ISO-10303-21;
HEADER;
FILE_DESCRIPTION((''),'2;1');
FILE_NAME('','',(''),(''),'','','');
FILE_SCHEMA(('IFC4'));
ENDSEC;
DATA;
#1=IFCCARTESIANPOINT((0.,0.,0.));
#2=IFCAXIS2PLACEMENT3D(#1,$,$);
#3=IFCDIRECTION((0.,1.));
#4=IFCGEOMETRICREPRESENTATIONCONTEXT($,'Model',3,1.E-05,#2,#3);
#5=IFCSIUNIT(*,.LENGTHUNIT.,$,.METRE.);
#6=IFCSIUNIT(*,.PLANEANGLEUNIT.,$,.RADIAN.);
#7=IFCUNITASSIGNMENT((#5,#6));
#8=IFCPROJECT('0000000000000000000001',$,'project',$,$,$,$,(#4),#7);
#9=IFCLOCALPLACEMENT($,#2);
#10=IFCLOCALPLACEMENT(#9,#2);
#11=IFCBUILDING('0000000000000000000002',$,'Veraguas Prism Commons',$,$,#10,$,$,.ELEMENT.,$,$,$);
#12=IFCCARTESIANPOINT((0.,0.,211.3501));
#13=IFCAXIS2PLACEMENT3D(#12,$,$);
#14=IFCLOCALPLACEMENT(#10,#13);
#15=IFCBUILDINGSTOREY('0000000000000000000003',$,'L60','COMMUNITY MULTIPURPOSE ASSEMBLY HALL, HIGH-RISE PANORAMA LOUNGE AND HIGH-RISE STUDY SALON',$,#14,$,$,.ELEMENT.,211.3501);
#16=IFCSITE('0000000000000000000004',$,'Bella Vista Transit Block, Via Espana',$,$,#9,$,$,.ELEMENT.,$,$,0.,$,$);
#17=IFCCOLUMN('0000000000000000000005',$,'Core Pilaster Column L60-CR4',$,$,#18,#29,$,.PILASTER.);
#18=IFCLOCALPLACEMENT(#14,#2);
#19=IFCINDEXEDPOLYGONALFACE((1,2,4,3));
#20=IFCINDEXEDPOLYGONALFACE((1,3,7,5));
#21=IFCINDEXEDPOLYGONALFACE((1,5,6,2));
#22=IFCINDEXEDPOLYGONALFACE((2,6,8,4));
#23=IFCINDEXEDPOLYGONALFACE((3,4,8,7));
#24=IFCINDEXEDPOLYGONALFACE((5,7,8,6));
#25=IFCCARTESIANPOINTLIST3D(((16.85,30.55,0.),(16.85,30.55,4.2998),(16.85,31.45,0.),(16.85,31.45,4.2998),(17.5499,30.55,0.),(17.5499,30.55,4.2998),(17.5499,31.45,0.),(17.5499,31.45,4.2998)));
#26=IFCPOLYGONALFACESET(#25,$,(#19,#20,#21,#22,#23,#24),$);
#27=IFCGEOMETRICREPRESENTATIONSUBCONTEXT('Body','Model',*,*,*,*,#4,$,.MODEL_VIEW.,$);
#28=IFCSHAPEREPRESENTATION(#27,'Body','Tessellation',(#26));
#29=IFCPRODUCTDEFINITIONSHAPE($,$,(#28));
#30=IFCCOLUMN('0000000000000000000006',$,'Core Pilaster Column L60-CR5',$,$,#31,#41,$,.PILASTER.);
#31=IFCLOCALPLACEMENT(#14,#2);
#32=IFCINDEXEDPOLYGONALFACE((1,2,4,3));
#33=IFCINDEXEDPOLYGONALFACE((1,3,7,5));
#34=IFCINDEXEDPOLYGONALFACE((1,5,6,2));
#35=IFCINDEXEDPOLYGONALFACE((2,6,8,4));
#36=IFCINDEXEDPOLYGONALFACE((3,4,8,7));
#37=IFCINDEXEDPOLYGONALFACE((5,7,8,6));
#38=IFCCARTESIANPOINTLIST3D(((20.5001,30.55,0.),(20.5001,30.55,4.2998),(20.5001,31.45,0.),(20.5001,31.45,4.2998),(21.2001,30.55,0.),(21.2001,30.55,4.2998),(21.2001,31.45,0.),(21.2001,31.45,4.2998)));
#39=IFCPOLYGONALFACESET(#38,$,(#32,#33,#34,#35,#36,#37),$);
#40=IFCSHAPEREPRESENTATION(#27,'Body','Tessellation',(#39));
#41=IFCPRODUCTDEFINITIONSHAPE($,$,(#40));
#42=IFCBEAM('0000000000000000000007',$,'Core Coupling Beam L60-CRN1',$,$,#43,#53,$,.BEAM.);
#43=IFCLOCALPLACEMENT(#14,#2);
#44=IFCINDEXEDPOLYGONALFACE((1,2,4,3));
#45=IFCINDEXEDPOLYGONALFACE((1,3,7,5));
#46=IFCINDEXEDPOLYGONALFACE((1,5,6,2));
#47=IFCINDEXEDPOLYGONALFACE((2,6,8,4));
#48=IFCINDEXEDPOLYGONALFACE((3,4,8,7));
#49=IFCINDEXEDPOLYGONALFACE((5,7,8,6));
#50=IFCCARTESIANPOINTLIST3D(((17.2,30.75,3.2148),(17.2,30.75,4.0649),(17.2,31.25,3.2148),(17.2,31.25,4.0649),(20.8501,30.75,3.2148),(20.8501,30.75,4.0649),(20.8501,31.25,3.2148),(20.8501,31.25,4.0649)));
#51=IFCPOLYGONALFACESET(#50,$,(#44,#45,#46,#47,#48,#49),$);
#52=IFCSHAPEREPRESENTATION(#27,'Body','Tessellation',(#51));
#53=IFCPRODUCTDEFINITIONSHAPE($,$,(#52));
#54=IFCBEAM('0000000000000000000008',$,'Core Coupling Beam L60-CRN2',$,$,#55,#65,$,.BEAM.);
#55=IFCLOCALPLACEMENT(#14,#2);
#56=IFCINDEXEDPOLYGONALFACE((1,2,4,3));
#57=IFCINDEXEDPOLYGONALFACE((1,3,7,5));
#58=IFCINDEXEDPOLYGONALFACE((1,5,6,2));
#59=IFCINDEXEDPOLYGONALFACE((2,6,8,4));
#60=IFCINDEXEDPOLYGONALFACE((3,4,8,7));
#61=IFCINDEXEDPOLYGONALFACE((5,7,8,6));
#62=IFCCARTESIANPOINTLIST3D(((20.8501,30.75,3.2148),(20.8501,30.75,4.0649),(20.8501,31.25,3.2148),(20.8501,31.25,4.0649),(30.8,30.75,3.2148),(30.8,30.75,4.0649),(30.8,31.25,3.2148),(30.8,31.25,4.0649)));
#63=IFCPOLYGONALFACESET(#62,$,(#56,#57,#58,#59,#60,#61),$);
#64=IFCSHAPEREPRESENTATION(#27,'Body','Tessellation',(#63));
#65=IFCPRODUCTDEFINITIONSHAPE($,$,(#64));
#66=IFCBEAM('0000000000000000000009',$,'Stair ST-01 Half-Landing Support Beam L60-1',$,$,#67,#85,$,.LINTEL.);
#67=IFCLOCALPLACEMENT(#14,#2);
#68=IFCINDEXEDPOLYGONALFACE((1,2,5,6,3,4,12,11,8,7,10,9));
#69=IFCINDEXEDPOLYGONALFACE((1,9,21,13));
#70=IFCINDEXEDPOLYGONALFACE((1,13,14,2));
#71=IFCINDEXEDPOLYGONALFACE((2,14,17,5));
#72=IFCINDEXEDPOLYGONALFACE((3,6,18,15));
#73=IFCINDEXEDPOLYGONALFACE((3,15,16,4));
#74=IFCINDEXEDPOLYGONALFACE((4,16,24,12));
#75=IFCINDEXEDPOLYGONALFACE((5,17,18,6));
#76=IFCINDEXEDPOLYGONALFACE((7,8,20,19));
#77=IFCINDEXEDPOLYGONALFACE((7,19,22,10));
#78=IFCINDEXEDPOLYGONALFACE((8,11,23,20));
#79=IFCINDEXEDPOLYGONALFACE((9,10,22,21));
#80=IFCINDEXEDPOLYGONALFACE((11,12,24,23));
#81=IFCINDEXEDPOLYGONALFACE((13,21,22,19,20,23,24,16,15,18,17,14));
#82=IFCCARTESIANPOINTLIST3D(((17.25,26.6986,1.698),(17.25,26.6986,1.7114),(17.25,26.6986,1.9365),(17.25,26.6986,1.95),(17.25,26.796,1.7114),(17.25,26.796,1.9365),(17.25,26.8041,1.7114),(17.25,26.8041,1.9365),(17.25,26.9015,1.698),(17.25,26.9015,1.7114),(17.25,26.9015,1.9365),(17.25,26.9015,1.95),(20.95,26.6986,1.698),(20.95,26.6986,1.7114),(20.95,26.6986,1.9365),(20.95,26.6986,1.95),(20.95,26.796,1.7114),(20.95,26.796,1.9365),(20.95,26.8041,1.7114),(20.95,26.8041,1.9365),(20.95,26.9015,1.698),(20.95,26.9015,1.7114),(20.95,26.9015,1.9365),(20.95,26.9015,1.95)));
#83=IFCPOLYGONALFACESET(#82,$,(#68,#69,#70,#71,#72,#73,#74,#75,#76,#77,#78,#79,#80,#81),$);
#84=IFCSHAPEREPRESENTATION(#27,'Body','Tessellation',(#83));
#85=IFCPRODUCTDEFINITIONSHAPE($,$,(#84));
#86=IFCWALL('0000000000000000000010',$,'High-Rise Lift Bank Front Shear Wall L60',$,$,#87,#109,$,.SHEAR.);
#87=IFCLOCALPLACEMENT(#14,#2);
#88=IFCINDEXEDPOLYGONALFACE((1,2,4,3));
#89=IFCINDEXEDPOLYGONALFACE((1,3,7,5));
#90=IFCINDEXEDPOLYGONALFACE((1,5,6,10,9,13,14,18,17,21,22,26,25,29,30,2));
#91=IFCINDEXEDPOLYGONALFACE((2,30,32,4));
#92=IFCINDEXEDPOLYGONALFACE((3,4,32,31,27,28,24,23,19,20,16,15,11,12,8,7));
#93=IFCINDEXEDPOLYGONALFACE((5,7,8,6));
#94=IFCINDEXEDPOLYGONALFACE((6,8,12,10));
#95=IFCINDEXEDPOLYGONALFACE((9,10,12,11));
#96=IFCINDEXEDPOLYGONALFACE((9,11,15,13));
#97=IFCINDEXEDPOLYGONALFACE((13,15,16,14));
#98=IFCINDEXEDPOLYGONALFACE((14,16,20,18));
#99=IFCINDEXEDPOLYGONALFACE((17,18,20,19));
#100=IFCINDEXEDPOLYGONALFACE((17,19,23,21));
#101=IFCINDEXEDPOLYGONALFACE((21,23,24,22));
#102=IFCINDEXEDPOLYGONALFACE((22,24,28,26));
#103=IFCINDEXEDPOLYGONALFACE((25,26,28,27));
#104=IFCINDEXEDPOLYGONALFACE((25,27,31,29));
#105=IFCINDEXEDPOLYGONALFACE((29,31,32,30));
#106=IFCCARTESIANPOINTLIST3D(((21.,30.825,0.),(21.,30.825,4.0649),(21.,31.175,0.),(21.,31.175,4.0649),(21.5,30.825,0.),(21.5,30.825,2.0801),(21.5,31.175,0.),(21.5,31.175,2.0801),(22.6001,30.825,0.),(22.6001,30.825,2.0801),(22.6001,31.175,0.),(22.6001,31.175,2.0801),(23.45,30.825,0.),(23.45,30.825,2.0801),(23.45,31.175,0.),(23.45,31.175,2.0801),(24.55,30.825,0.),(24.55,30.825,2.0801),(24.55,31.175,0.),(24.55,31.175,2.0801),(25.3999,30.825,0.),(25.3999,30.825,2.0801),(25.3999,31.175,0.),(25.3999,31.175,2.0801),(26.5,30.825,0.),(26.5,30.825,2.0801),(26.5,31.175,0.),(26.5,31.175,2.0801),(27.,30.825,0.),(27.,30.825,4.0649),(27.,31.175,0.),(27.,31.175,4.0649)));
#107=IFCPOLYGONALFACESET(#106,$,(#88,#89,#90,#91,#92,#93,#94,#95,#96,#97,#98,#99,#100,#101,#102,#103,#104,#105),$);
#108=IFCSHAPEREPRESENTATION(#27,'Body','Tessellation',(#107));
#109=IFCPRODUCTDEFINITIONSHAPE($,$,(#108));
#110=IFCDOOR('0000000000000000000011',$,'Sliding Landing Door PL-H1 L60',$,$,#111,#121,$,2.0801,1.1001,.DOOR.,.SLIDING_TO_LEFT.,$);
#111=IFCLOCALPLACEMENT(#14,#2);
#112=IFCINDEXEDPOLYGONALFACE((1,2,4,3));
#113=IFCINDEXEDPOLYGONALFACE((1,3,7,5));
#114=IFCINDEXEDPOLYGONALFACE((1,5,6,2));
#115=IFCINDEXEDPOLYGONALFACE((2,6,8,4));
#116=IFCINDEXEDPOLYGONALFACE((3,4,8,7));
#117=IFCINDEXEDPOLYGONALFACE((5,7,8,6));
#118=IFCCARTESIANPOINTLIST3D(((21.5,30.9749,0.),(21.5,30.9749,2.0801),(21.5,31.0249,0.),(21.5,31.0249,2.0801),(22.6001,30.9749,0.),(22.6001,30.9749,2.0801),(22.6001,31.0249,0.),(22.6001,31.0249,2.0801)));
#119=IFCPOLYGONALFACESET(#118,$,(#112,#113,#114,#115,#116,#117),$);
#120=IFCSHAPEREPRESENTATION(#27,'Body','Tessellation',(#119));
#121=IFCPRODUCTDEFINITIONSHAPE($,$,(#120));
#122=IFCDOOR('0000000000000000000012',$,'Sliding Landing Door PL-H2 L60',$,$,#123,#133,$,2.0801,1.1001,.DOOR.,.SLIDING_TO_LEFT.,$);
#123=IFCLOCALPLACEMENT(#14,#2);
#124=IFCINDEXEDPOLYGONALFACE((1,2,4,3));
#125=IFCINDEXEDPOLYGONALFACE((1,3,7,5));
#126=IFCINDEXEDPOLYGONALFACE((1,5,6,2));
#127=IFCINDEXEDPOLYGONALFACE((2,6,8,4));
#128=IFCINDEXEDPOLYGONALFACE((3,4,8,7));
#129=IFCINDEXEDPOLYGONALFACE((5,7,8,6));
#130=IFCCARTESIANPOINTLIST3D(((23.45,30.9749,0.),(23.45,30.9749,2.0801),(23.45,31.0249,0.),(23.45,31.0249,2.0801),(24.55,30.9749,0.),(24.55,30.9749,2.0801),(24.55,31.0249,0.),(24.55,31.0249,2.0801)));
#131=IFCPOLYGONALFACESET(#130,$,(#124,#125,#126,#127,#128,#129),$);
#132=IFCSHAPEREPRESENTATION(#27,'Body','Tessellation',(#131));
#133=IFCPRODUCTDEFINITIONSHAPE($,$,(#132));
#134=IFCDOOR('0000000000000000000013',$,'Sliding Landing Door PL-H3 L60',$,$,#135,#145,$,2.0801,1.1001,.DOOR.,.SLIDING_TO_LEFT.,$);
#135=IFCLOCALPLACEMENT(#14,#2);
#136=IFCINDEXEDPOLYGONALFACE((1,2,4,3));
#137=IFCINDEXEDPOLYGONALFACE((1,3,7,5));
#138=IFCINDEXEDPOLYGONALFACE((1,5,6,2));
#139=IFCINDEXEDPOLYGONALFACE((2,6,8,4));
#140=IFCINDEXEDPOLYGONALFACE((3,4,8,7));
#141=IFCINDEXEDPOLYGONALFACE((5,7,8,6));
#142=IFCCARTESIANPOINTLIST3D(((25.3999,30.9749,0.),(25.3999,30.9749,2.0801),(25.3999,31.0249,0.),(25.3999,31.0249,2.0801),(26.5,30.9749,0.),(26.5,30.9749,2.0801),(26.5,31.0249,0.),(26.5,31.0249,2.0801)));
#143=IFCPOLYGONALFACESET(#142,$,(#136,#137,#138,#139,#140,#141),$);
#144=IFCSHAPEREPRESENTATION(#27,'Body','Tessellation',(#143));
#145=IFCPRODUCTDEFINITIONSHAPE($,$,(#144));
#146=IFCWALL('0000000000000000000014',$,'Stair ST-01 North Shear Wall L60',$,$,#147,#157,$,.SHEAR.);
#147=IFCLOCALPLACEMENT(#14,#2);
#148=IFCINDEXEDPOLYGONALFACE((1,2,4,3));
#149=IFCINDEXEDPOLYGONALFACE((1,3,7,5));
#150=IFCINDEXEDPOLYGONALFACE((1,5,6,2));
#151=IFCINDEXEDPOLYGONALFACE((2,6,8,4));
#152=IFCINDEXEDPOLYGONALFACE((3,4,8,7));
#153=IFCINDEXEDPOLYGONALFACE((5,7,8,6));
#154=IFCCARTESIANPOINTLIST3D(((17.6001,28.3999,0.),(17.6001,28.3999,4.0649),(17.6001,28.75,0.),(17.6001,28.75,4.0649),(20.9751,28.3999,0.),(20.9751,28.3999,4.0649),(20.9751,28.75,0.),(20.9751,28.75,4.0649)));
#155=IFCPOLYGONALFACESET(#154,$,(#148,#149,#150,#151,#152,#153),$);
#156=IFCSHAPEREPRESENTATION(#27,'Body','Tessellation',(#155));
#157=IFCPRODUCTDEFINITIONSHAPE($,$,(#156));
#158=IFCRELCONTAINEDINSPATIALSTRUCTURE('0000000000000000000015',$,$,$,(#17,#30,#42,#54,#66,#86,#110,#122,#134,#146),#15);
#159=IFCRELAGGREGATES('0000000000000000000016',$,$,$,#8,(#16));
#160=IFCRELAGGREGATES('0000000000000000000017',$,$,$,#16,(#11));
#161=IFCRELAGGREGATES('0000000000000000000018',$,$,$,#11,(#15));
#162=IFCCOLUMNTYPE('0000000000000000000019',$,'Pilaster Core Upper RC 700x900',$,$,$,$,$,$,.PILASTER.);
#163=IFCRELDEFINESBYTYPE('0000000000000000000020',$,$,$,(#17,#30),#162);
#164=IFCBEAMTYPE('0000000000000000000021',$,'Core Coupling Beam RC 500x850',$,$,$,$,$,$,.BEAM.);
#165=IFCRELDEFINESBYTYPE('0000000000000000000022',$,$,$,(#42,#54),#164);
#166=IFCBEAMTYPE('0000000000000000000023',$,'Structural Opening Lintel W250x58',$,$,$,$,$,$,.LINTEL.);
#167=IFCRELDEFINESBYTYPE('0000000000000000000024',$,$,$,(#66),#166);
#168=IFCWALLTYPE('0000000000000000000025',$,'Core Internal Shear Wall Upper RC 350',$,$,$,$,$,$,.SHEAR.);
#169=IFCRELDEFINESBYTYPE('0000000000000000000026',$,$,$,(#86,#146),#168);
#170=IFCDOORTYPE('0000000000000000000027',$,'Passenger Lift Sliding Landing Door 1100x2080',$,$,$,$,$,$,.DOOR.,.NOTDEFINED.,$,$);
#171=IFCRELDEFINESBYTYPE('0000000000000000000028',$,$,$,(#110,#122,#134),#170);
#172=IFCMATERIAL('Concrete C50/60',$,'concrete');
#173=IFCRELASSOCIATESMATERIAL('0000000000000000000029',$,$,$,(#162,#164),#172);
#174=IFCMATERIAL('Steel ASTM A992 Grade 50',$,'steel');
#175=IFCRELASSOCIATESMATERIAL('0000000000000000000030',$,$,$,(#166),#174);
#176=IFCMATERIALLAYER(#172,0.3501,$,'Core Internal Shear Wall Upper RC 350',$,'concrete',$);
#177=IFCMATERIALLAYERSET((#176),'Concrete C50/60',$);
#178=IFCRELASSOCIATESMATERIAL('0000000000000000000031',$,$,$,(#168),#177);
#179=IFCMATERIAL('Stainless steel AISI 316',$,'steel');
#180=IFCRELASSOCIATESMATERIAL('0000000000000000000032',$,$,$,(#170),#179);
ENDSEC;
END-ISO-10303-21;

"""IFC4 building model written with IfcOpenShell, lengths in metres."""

from ifc_helpers import new_model, si_unit, direction, frame, frame_2d, origin, origin_2d, place, context, subcontext, project, spatial, rectangle, i_section, extrude, source, transform, mapped, material, layer, layer_set, material_profile, profile_set, type_object, element, fill, save


model = new_model("IFC4")

# Units and contexts
model_context = context("Model", 3, precision=1e-05, world=origin(), true_north=direction((0.0, 1.0)))
body_context = subcontext(model_context, "Body", "Model", "MODEL_VIEW")
ifc_project = project(units=[si_unit("LENGTHUNIT", "METRE"), si_unit("PLANEANGLEUNIT", "RADIAN")], contexts=[model_context])

# Site, building, storey
site_placement = place(None, origin())
site = spatial("IfcSite", under=ifc_project, at=site_placement, Name="Bella Vista Transit Block, Via Espana", CompositionType="ELEMENT", RefElevation=0.0)
building_placement = place(site_placement, origin())
building = spatial("IfcBuilding", under=site, at=building_placement, Name="Veraguas Prism Commons", CompositionType="ELEMENT")
storey_placement = place(building_placement, frame((0.0, 0.0, 211.3501)))
storey = spatial("IfcBuildingStorey", under=building, at=storey_placement, Name="L60", Description="COMMUNITY MULTIPURPOSE ASSEMBLY HALL, HIGH-RISE PANORAMA LOUNGE AND HIGH-RISE STUDY SALON", CompositionType="ELEMENT", Elevation=211.3501)

# Columns
ifc_material_1 = material(Name="Concrete C50/60", Category="concrete")
ifc_material_profile_1 = material_profile(ifc_material_1, rectangle(XDim=0.7, YDim=0.8999, at=origin_2d()), Name="RC700X900")
ifc_profile_set_1 = profile_set([ifc_material_profile_1], Name="Concrete C50/60")
column_type = type_object("IfcColumnType", Name="Pilaster Core Upper RC 700x900", PredefinedType="PILASTER", material=ifc_profile_set_1)
for number, where, z_axis, x_axis, name in (
    (1, (17.2, 31.0, 0.0), (0.0, 0.0, 1.0), (1.0, 0.0, 0.0), "Core Pilaster Column L60-CR4"),
    (2, (20.8501, 31.0, 0.0), (0.0, 0.0, 1.0), (1.0, 0.0, 0.0), "Core Pilaster Column L60-CR5"),
):
    element("IfcColumn", number, at=place(storey_placement, frame(where, z_axis=z_axis, x_axis=x_axis)), inside=storey, type_object=column_type, Name=name, PredefinedType="PILASTER", context=body_context, shape_type="SweptSolid", body=[
        extrude(rectangle(XDim=0.7, YDim=0.8999, at=origin_2d()), origin(), (0.0, 0.0, 1.0), 4.2998),
    ])

# Beams
ifc_material_profile_2 = material_profile(ifc_material_1, rectangle(XDim=0.5, YDim=0.8501, at=origin_2d()), Name="RC500X850")
ifc_profile_set_2 = profile_set([ifc_material_profile_2], Name="Concrete C50/60")
beam_type_1 = type_object("IfcBeamType", Name="Core Coupling Beam RC 500x850", PredefinedType="BEAM", material=ifc_profile_set_2)
beam_1_placement = place(storey_placement, frame((17.2, 31.0, 3.6399), z_axis=(1.0, 0.0, 0.0), x_axis=(0.0, 1.0, 0.0)))
element("IfcBeam", 3, at=beam_1_placement, inside=storey, type_object=beam_type_1, Name="Core Coupling Beam L60-CRN1", PredefinedType="BEAM", context=body_context, shape_type="SweptSolid", body=[
    extrude(rectangle(XDim=0.5, YDim=0.8501, at=origin_2d()), origin(), (0.0, 0.0, 1.0), 3.6501),
])
beam_2_placement = place(storey_placement, frame((20.8501, 31.0, 3.6399), z_axis=(1.0, 0.0, 0.0), x_axis=(0.0, 1.0, 0.0)))
element("IfcBeam", 4, at=beam_2_placement, inside=storey, type_object=beam_type_1, Name="Core Coupling Beam L60-CRN2", PredefinedType="BEAM", context=body_context, shape_type="SweptSolid", body=[
    extrude(rectangle(XDim=0.5, YDim=0.8501, at=origin_2d()), origin(), (0.0, 0.0, 1.0), 9.95),
])
ifc_material_2 = material(Name="Steel ASTM A992 Grade 50", Category="steel")
ifc_material_profile_3 = material_profile(ifc_material_2, i_section(OverallWidth=0.2029, OverallDepth=0.252, WebThickness=0.0081, FlangeThickness=0.0134, at=origin_2d()), Name="W250X58")
ifc_profile_set_3 = profile_set([ifc_material_profile_3], Name="Steel ASTM A992 Grade 50")
beam_type_2 = type_object("IfcBeamType", Name="Structural Opening Lintel W250x58", PredefinedType="LINTEL", material=ifc_profile_set_3)
beam_3_placement = place(storey_placement, frame((17.25, 26.8, 1.824), z_axis=(1.0, 0.0, 0.0), x_axis=(0.0, 1.0, 0.0)))
element("IfcBeam", 5, at=beam_3_placement, inside=storey, type_object=beam_type_2, Name="Stair ST-01 Half-Landing Support Beam L60-1", PredefinedType="LINTEL", context=body_context, shape_type="SweptSolid", body=[
    extrude(i_section(OverallWidth=0.2029, OverallDepth=0.252, WebThickness=0.0081, FlangeThickness=0.0134, at=origin_2d()), origin(), (0.0, 0.0, 1.0), 3.7),
])

# Wall, openings, doors
ifc_layer_1 = layer(ifc_material_1, 0.3501, Name="Core Internal Shear Wall Upper RC 350", Category="concrete")
ifc_layer_set_1 = layer_set([ifc_layer_1], Name="Concrete C50/60")
wall_type_1 = type_object("IfcWallType", Name="Core Internal Shear Wall Upper RC 350", PredefinedType="SHEAR", material=ifc_layer_set_1)
wall_1_placement = place(storey_placement, frame((21.0, 31.0, 0.0), z_axis=(0.0, 0.0, 1.0), x_axis=(1.0, 0.0, 0.0)))
wall_1 = element("IfcWall", 6, at=wall_1_placement, inside=storey, type_object=wall_type_1, Name="High-Rise Lift Bank Front Shear Wall L60", PredefinedType="SHEAR", context=body_context, shape_type="SweptSolid", body=[
    extrude(rectangle(XDim=6.0, YDim=0.3501, at=frame_2d((3.0, 0.0))), origin(), (0.0, 0.0, 1.0), 4.0649),
])
opening_1_placement = place(wall_1_placement, frame((0.5, 0.0, 0.0)))
opening_1 = element("IfcOpeningElement", 7, at=opening_1_placement, cuts=wall_1, PredefinedType="OPENING", context=body_context, shape_type="SweptSolid", body=[
    extrude(rectangle(XDim=1.1001, YDim=2.0801, at=frame_2d((0.55, 1.04))), frame((0.0, 0.1851, 0.0), z_axis=(0.0, -1.0, 0.0), x_axis=(1.0, 0.0, 0.0)), (0.0, 0.0, 1.0), 0.3701),
])
opening_2_placement = place(wall_1_placement, frame((2.45, 0.0, 0.0)))
opening_2 = element("IfcOpeningElement", 8, at=opening_2_placement, cuts=wall_1, PredefinedType="OPENING", context=body_context, shape_type="SweptSolid", body=[
    extrude(rectangle(XDim=1.1001, YDim=2.0801, at=frame_2d((0.55, 1.04))), frame((0.0, 0.1851, 0.0), z_axis=(0.0, -1.0, 0.0), x_axis=(1.0, 0.0, 0.0)), (0.0, 0.0, 1.0), 0.3701),
])
opening_3_placement = place(wall_1_placement, frame((4.3999, 0.0, 0.0)))
opening_3 = element("IfcOpeningElement", 9, at=opening_3_placement, cuts=wall_1, PredefinedType="OPENING", context=body_context, shape_type="SweptSolid", body=[
    extrude(rectangle(XDim=1.1001, YDim=2.0801, at=frame_2d((0.55, 1.04))), frame((0.0, 0.1851, 0.0), z_axis=(0.0, -1.0, 0.0), x_axis=(1.0, 0.0, 0.0)), (0.0, 0.0, 1.0), 0.3701),
])
ifc_material_3 = material(Name="Stainless steel AISI 316", Category="steel")
door_type_1 = type_object("IfcDoorType", Name="Passenger Lift Sliding Landing Door 1100x2080", OperationType="NOTDEFINED", PredefinedType="DOOR", material=ifc_material_3)
shared_shape_1 = source(origin(), body_context, "Body", "SweptSolid", [
    extrude(rectangle(XDim=1.1001, YDim=2.0801, at=frame_2d((0.55, 1.04))), frame((0.0, 0.0249, 0.0), z_axis=(0.0, -1.0, 0.0), x_axis=(1.0, 0.0, 0.0)), (0.0, 0.0, 1.0), 0.05),
])
door_1_placement = place(opening_1_placement, origin())
door_1 = element("IfcDoor", 10, at=door_1_placement, inside=storey, type_object=door_type_1, Name="Sliding Landing Door PL-H1 L60", OperationType="SLIDING_TO_LEFT", OverallHeight=2.0801, OverallWidth=1.1001, PredefinedType="DOOR", context=body_context, shape_type="MappedRepresentation", body=[
    mapped(shared_shape_1, transform((0.0, 0.0, 0.0), scale=1.0)),
])
fill(opening_1, door_1)
door_2_placement = place(opening_2_placement, origin())
door_2 = element("IfcDoor", 11, at=door_2_placement, inside=storey, type_object=door_type_1, Name="Sliding Landing Door PL-H2 L60", OperationType="SLIDING_TO_LEFT", OverallHeight=2.0801, OverallWidth=1.1001, PredefinedType="DOOR", context=body_context, shape_type="MappedRepresentation", body=[
    mapped(shared_shape_1, transform((0.0, 0.0, 0.0), scale=1.0)),
])
fill(opening_2, door_2)
door_3_placement = place(opening_3_placement, origin())
door_3 = element("IfcDoor", 12, at=door_3_placement, inside=storey, type_object=door_type_1, Name="Sliding Landing Door PL-H3 L60", OperationType="SLIDING_TO_LEFT", OverallHeight=2.0801, OverallWidth=1.1001, PredefinedType="DOOR", context=body_context, shape_type="MappedRepresentation", body=[
    mapped(shared_shape_1, transform((0.0, 0.0, 0.0), scale=1.0)),
])
fill(opening_3, door_3)

# Wall
wall_2_placement = place(storey_placement, frame((17.6001, 28.575, 0.0), z_axis=(0.0, 0.0, 1.0), x_axis=(1.0, 0.0, 0.0)))
element("IfcWall", 13, at=wall_2_placement, inside=storey, type_object=wall_type_1, Name="Stair ST-01 North Shear Wall L60", PredefinedType="SHEAR", context=body_context, shape_type="SweptSolid", body=[
    extrude(rectangle(XDim=3.375, YDim=0.3501, at=frame_2d((1.6875, 0.0))), origin(), (0.0, 0.0, 1.0), 4.0649),
])

save(model, "model.ifc")
